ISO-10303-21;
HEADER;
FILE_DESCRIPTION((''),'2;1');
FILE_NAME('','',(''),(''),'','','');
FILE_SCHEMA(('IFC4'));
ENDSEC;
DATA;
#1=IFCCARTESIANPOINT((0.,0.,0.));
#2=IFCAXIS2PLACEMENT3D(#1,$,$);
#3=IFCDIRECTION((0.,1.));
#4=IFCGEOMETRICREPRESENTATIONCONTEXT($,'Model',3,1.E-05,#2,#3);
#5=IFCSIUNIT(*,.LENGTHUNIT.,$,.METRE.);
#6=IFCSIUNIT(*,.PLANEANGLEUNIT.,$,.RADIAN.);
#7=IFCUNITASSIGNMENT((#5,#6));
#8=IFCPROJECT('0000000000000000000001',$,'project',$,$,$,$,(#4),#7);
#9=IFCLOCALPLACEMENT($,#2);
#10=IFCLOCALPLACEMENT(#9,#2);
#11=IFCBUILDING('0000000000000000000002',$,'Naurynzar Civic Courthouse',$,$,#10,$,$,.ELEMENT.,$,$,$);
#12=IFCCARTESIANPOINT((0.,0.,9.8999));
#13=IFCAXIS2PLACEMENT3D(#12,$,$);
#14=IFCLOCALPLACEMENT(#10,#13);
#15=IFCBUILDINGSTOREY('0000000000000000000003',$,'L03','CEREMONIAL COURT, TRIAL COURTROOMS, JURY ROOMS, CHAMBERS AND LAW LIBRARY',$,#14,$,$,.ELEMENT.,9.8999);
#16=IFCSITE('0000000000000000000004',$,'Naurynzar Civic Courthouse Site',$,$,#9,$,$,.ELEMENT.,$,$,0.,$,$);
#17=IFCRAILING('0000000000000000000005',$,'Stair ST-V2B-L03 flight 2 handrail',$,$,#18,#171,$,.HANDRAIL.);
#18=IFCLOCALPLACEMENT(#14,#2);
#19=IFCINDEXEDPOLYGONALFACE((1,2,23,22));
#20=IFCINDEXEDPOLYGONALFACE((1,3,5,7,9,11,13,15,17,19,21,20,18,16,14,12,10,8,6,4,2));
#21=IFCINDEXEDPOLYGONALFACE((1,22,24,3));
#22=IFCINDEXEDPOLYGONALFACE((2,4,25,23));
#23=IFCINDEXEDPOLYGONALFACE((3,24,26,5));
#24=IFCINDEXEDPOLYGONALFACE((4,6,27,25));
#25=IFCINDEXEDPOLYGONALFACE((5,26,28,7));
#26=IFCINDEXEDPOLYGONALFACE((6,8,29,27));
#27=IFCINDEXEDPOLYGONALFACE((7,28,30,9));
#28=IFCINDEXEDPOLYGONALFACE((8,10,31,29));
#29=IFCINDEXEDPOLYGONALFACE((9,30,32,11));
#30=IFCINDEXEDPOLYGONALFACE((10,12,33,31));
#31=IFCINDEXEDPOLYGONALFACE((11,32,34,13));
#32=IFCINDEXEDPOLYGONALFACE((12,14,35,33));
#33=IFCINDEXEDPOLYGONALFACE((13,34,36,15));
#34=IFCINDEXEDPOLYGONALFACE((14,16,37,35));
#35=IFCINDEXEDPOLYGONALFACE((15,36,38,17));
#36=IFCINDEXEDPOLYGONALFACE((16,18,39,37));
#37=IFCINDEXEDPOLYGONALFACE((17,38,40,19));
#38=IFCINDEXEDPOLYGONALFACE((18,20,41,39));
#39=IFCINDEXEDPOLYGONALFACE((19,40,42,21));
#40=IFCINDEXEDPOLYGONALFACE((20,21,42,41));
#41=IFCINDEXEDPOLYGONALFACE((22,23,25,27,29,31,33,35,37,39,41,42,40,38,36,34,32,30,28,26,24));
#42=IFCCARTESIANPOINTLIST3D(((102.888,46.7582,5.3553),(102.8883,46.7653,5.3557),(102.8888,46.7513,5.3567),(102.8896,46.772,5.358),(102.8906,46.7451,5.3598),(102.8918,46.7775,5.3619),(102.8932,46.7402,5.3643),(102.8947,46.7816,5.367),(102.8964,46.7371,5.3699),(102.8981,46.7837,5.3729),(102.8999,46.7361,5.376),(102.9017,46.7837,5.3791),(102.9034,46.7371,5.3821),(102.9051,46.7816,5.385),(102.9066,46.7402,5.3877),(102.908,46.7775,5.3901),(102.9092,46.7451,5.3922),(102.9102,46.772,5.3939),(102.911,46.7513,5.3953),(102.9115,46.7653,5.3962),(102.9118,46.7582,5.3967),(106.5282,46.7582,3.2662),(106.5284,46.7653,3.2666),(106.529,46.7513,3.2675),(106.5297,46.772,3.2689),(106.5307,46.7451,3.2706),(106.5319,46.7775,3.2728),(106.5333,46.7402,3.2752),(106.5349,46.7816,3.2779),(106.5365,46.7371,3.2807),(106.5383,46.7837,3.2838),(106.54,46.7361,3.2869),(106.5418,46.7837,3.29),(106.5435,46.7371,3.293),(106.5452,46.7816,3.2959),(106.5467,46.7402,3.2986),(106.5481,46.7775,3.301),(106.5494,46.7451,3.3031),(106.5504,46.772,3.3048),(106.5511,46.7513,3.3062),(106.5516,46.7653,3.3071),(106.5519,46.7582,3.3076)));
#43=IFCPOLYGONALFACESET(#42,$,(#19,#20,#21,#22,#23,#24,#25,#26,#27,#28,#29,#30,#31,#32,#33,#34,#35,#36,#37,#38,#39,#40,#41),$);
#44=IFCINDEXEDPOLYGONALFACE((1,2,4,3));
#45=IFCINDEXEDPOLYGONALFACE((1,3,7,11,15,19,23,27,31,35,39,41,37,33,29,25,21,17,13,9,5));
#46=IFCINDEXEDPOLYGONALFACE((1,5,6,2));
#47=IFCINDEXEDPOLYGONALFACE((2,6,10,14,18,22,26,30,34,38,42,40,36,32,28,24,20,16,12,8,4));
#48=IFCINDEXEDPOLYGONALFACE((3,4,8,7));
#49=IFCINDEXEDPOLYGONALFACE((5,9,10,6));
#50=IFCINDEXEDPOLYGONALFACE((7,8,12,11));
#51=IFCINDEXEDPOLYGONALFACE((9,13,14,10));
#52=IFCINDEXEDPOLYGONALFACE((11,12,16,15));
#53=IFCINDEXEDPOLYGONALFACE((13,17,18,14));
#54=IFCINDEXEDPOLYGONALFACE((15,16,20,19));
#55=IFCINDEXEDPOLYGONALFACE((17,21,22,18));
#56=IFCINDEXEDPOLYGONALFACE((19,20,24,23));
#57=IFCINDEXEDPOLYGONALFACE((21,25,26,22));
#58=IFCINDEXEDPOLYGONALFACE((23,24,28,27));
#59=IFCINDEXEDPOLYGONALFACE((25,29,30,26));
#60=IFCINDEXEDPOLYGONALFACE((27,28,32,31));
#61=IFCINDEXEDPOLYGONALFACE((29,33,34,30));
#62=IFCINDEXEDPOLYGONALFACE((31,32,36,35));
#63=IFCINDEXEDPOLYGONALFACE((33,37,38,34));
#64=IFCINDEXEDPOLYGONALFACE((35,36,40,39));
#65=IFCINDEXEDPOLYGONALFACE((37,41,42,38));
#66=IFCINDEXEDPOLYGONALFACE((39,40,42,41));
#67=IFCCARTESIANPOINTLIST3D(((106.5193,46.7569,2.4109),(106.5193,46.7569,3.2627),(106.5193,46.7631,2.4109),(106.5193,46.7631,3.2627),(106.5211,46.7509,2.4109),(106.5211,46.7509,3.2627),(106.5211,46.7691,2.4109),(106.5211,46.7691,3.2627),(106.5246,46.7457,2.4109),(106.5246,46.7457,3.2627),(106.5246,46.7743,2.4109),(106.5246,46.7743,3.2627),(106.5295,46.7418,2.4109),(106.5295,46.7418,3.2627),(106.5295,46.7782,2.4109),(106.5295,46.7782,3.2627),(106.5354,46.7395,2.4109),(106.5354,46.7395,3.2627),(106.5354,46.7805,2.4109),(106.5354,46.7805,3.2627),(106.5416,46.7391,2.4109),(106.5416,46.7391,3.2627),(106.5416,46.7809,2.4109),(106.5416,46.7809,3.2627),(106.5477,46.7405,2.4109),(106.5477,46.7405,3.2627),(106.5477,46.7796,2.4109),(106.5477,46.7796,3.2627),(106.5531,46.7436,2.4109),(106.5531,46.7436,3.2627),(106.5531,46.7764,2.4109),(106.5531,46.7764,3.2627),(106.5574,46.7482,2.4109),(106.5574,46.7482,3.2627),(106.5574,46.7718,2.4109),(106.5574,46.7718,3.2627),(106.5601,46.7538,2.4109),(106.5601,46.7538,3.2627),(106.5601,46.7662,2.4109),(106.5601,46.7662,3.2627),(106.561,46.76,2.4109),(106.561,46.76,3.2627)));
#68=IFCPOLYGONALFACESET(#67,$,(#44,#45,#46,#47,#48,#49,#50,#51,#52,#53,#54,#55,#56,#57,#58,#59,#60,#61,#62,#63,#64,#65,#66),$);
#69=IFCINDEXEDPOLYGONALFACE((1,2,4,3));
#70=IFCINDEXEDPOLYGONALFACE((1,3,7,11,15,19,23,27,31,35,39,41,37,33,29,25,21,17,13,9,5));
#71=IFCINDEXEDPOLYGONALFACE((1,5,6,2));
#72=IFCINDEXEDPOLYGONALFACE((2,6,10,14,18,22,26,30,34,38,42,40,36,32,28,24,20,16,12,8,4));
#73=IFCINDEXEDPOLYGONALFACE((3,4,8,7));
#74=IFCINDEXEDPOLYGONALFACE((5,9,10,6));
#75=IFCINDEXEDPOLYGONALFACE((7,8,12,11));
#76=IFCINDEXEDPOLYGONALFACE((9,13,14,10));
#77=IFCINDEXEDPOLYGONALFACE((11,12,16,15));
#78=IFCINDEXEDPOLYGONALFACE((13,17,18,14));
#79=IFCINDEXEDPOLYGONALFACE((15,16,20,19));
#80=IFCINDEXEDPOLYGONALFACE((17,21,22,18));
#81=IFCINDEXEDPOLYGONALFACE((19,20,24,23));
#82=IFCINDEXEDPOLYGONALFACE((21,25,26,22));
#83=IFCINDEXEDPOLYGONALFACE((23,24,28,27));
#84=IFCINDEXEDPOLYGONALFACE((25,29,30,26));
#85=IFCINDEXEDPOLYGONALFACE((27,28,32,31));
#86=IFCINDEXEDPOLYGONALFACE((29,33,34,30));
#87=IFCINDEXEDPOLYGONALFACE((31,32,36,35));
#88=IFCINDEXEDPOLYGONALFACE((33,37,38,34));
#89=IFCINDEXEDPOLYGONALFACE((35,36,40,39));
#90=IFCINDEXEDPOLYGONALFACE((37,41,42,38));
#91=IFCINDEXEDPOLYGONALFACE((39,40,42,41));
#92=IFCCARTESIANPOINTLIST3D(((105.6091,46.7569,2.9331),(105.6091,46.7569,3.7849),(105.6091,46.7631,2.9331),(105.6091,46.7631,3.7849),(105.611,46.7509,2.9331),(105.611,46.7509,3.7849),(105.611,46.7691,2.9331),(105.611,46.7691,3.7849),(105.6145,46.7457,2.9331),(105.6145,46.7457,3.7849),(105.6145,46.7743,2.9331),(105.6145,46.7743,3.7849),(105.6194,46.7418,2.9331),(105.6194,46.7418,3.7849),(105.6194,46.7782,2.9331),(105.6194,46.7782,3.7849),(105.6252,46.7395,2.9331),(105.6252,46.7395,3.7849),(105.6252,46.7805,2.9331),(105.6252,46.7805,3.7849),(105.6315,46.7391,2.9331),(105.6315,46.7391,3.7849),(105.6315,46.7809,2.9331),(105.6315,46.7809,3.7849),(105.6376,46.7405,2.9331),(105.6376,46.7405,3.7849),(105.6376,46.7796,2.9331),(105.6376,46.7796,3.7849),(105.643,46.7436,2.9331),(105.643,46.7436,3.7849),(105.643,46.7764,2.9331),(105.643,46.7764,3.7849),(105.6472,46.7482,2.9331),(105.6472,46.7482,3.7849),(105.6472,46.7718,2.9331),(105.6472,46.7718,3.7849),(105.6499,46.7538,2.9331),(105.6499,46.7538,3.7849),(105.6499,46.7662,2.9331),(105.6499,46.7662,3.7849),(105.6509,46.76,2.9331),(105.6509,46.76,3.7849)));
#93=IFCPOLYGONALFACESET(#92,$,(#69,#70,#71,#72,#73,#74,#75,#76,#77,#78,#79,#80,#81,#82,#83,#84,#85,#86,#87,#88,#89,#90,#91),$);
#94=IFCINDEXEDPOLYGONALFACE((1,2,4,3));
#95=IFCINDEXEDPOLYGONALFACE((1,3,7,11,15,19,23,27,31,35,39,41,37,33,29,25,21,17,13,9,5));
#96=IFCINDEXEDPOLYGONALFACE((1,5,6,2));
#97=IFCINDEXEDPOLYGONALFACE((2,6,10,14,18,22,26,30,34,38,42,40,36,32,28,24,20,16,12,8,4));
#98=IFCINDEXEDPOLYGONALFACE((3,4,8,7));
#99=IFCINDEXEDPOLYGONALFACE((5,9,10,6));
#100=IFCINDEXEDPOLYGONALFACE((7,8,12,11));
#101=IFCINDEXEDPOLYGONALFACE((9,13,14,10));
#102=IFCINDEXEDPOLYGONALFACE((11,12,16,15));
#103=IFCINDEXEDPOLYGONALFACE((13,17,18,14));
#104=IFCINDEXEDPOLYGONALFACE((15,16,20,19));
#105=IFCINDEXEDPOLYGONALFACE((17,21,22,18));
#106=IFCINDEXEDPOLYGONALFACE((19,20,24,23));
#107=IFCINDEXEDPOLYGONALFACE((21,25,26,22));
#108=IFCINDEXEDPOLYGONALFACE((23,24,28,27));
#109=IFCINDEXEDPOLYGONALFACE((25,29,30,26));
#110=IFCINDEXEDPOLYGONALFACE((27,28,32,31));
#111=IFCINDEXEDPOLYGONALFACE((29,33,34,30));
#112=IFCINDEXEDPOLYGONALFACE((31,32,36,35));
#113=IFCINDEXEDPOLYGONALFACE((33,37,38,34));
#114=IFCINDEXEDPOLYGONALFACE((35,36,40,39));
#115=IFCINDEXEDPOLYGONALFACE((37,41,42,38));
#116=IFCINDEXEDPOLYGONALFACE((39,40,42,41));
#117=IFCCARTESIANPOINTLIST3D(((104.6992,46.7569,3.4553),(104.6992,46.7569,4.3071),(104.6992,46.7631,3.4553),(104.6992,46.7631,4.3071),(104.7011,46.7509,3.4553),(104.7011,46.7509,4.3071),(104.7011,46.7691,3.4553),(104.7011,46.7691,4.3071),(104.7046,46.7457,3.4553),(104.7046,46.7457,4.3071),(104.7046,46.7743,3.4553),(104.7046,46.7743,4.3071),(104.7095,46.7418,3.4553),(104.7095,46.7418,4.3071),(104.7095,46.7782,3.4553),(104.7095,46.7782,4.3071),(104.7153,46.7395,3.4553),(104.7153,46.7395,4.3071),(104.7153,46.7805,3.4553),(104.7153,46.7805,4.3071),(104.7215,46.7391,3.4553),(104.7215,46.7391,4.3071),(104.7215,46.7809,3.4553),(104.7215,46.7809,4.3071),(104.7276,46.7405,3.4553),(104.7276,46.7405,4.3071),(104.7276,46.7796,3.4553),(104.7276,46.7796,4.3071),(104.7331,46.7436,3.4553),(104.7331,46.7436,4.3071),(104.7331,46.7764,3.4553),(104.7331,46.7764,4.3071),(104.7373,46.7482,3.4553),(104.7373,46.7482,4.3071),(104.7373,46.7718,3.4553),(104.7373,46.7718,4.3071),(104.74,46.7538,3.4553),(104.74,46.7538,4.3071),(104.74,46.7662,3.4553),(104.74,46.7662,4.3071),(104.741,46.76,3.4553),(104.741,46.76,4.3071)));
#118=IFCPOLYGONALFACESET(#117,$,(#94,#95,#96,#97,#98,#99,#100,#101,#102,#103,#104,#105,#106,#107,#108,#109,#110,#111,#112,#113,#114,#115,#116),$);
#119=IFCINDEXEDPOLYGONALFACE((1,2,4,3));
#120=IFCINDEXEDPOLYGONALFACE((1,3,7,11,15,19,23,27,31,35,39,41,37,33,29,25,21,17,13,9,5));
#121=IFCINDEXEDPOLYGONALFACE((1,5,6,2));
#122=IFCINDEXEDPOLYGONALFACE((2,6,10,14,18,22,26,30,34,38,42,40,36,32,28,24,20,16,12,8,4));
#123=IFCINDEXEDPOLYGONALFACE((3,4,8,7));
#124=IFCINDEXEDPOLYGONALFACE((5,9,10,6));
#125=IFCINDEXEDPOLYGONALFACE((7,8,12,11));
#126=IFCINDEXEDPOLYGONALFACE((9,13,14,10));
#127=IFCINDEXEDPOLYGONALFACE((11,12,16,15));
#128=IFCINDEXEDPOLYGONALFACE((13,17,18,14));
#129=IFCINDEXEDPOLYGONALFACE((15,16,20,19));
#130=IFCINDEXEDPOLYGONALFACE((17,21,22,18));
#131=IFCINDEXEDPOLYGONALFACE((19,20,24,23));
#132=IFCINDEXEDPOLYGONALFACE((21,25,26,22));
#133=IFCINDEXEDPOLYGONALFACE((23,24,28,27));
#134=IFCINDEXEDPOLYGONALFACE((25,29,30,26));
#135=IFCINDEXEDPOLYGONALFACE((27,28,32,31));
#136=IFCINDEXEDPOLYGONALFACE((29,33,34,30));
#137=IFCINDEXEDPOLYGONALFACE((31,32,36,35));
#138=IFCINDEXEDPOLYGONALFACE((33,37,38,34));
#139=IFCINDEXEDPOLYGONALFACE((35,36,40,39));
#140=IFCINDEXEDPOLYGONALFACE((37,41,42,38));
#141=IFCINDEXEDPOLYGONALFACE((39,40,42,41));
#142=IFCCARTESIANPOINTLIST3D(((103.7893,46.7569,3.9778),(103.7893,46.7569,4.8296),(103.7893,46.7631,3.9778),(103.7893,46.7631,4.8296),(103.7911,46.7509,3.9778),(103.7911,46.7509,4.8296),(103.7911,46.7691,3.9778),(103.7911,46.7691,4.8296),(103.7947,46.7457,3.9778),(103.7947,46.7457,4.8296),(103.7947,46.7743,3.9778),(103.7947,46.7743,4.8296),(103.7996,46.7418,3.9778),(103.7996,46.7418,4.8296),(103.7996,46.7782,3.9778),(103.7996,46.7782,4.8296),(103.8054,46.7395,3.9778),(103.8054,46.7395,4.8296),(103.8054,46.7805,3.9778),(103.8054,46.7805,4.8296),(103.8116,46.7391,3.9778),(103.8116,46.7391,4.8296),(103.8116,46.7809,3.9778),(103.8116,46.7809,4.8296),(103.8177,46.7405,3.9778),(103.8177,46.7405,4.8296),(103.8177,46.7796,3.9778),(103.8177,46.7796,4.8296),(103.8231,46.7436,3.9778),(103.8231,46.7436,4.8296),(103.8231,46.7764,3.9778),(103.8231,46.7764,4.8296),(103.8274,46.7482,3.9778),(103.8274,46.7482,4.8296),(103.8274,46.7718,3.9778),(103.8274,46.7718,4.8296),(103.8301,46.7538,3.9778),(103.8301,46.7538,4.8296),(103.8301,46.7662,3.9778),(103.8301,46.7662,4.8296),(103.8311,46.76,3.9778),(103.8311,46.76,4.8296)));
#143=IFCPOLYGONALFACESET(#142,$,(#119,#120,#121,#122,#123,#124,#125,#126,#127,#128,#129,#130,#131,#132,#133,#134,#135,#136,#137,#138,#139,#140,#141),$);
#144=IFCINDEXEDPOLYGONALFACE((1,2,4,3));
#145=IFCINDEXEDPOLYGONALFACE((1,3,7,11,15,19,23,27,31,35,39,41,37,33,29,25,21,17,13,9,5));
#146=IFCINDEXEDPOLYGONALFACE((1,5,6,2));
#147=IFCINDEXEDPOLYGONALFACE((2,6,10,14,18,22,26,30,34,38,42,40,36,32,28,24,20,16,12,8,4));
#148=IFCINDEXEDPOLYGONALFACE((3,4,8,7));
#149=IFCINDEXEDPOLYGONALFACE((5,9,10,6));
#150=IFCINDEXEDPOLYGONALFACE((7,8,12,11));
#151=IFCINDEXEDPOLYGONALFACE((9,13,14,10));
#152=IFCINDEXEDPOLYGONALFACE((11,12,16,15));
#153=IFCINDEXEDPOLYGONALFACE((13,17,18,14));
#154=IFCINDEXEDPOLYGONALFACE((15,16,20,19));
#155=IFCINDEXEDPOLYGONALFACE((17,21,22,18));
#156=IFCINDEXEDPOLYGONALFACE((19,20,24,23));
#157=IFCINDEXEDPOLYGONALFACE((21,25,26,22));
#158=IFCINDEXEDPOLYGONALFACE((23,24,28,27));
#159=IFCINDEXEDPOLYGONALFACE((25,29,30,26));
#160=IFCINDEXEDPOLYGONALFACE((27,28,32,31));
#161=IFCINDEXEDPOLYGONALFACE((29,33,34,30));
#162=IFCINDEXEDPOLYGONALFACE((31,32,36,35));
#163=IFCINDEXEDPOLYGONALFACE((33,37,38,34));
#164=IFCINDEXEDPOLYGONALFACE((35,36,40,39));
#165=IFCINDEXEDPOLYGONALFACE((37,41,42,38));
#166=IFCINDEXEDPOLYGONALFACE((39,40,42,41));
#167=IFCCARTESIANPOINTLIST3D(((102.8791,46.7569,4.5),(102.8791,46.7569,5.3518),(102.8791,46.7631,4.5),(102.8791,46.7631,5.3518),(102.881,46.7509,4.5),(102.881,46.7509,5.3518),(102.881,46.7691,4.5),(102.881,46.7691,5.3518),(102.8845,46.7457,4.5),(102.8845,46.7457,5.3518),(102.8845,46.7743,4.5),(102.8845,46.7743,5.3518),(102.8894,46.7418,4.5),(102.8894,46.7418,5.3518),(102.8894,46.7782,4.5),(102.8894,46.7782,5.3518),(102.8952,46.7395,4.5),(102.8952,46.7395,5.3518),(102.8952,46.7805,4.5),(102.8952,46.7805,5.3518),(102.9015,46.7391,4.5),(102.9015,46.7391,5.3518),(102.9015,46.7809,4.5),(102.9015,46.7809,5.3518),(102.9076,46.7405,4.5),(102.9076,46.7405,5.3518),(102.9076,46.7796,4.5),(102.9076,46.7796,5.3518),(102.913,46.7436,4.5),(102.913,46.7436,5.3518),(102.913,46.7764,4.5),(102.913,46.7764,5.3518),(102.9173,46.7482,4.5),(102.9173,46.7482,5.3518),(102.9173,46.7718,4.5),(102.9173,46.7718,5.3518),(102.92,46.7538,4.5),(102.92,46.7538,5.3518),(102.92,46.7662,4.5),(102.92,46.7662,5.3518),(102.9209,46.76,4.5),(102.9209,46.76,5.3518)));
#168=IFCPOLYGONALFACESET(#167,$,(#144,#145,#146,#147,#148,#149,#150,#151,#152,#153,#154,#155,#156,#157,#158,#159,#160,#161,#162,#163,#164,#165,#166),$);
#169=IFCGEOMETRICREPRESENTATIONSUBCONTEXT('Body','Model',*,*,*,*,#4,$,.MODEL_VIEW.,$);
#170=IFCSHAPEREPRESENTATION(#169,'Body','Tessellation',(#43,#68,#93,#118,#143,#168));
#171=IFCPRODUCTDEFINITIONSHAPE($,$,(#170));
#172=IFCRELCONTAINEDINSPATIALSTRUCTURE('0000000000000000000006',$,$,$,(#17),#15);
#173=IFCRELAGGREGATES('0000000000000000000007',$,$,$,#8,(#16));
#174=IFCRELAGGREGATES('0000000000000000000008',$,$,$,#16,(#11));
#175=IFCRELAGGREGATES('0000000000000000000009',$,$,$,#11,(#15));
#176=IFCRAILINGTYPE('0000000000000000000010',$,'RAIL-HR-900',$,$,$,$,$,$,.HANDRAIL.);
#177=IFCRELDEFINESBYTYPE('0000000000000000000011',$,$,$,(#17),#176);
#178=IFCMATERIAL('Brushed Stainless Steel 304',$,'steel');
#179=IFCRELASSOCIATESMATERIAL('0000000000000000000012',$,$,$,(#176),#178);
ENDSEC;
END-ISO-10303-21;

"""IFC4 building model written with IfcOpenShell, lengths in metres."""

from ifc_helpers import new_model, si_unit, direction, frame, origin, origin_2d, place, context, subcontext, project, spatial, circle, extrude, material, type_object, element, save


model = new_model("IFC4")

# Units and contexts
model_context = context("Model", 3, precision=1e-05, world=origin(), true_north=direction((0.0, 1.0)))
body_context = subcontext(model_context, "Body", "Model", "MODEL_VIEW")
ifc_project = project(units=[si_unit("LENGTHUNIT", "METRE"), si_unit("PLANEANGLEUNIT", "RADIAN")], contexts=[model_context])

# Site, building, storey
site_placement = place(None, origin())
site = spatial("IfcSite", under=ifc_project, at=site_placement, Name="Naurynzar Civic Courthouse Site", CompositionType="ELEMENT", RefElevation=0.0)
building_placement = place(site_placement, origin())
building = spatial("IfcBuilding", under=site, at=building_placement, Name="Naurynzar Civic Courthouse", CompositionType="ELEMENT")
storey_placement = place(building_placement, frame((0.0, 0.0, 9.8999)))
storey = spatial("IfcBuildingStorey", under=building, at=storey_placement, Name="L03", Description="CEREMONIAL COURT, TRIAL COURTROOMS, JURY ROOMS, CHAMBERS AND LAW LIBRARY", CompositionType="ELEMENT", Elevation=9.8999)

# Railing
ifc_material_1 = material(Name="Brushed Stainless Steel 304", Category="steel")
railing_type_1 = type_object("IfcRailingType", Name="RAIL-HR-900", PredefinedType="HANDRAIL", material=ifc_material_1)
railing_1_placement = place(storey_placement, frame((106.54, 46.76, 2.4109)))
element("IfcRailing", 1, at=railing_1_placement, inside=storey, type_object=railing_type_1, Name="Stair ST-V2B-L03 flight 2 handrail", PredefinedType="HANDRAIL", context=body_context, shape_type="SweptSolid", body=[
    extrude(circle(Radius=0.0239, at=origin_2d()), frame((0.0, 0.0, 0.876), z_axis=(-0.867314, 0.0, 0.497761), x_axis=(0.0, -1.0, 0.0)), (0.0, 0.0, 1.0), 4.197),
    extrude(circle(Radius=0.021, at=origin_2d()), origin(), (0.0, 0.0, 1.0), 0.8518),
    extrude(circle(Radius=0.021, at=origin_2d()), frame((-0.9102, 0.0, 0.5222)), (0.0, 0.0, 1.0), 0.8518),
    extrude(circle(Radius=0.021, at=origin_2d()), frame((-1.8201, 0.0, 1.0444)), (0.0, 0.0, 1.0), 0.8518),
    extrude(circle(Radius=0.021, at=origin_2d()), frame((-2.73, 0.0, 1.5669)), (0.0, 0.0, 1.0), 0.8518),
    extrude(circle(Radius=0.021, at=origin_2d()), frame((-3.6401, 0.0, 2.0891)), (0.0, 0.0, 1.0), 0.8518),
])

save(model, "model.ifc")
